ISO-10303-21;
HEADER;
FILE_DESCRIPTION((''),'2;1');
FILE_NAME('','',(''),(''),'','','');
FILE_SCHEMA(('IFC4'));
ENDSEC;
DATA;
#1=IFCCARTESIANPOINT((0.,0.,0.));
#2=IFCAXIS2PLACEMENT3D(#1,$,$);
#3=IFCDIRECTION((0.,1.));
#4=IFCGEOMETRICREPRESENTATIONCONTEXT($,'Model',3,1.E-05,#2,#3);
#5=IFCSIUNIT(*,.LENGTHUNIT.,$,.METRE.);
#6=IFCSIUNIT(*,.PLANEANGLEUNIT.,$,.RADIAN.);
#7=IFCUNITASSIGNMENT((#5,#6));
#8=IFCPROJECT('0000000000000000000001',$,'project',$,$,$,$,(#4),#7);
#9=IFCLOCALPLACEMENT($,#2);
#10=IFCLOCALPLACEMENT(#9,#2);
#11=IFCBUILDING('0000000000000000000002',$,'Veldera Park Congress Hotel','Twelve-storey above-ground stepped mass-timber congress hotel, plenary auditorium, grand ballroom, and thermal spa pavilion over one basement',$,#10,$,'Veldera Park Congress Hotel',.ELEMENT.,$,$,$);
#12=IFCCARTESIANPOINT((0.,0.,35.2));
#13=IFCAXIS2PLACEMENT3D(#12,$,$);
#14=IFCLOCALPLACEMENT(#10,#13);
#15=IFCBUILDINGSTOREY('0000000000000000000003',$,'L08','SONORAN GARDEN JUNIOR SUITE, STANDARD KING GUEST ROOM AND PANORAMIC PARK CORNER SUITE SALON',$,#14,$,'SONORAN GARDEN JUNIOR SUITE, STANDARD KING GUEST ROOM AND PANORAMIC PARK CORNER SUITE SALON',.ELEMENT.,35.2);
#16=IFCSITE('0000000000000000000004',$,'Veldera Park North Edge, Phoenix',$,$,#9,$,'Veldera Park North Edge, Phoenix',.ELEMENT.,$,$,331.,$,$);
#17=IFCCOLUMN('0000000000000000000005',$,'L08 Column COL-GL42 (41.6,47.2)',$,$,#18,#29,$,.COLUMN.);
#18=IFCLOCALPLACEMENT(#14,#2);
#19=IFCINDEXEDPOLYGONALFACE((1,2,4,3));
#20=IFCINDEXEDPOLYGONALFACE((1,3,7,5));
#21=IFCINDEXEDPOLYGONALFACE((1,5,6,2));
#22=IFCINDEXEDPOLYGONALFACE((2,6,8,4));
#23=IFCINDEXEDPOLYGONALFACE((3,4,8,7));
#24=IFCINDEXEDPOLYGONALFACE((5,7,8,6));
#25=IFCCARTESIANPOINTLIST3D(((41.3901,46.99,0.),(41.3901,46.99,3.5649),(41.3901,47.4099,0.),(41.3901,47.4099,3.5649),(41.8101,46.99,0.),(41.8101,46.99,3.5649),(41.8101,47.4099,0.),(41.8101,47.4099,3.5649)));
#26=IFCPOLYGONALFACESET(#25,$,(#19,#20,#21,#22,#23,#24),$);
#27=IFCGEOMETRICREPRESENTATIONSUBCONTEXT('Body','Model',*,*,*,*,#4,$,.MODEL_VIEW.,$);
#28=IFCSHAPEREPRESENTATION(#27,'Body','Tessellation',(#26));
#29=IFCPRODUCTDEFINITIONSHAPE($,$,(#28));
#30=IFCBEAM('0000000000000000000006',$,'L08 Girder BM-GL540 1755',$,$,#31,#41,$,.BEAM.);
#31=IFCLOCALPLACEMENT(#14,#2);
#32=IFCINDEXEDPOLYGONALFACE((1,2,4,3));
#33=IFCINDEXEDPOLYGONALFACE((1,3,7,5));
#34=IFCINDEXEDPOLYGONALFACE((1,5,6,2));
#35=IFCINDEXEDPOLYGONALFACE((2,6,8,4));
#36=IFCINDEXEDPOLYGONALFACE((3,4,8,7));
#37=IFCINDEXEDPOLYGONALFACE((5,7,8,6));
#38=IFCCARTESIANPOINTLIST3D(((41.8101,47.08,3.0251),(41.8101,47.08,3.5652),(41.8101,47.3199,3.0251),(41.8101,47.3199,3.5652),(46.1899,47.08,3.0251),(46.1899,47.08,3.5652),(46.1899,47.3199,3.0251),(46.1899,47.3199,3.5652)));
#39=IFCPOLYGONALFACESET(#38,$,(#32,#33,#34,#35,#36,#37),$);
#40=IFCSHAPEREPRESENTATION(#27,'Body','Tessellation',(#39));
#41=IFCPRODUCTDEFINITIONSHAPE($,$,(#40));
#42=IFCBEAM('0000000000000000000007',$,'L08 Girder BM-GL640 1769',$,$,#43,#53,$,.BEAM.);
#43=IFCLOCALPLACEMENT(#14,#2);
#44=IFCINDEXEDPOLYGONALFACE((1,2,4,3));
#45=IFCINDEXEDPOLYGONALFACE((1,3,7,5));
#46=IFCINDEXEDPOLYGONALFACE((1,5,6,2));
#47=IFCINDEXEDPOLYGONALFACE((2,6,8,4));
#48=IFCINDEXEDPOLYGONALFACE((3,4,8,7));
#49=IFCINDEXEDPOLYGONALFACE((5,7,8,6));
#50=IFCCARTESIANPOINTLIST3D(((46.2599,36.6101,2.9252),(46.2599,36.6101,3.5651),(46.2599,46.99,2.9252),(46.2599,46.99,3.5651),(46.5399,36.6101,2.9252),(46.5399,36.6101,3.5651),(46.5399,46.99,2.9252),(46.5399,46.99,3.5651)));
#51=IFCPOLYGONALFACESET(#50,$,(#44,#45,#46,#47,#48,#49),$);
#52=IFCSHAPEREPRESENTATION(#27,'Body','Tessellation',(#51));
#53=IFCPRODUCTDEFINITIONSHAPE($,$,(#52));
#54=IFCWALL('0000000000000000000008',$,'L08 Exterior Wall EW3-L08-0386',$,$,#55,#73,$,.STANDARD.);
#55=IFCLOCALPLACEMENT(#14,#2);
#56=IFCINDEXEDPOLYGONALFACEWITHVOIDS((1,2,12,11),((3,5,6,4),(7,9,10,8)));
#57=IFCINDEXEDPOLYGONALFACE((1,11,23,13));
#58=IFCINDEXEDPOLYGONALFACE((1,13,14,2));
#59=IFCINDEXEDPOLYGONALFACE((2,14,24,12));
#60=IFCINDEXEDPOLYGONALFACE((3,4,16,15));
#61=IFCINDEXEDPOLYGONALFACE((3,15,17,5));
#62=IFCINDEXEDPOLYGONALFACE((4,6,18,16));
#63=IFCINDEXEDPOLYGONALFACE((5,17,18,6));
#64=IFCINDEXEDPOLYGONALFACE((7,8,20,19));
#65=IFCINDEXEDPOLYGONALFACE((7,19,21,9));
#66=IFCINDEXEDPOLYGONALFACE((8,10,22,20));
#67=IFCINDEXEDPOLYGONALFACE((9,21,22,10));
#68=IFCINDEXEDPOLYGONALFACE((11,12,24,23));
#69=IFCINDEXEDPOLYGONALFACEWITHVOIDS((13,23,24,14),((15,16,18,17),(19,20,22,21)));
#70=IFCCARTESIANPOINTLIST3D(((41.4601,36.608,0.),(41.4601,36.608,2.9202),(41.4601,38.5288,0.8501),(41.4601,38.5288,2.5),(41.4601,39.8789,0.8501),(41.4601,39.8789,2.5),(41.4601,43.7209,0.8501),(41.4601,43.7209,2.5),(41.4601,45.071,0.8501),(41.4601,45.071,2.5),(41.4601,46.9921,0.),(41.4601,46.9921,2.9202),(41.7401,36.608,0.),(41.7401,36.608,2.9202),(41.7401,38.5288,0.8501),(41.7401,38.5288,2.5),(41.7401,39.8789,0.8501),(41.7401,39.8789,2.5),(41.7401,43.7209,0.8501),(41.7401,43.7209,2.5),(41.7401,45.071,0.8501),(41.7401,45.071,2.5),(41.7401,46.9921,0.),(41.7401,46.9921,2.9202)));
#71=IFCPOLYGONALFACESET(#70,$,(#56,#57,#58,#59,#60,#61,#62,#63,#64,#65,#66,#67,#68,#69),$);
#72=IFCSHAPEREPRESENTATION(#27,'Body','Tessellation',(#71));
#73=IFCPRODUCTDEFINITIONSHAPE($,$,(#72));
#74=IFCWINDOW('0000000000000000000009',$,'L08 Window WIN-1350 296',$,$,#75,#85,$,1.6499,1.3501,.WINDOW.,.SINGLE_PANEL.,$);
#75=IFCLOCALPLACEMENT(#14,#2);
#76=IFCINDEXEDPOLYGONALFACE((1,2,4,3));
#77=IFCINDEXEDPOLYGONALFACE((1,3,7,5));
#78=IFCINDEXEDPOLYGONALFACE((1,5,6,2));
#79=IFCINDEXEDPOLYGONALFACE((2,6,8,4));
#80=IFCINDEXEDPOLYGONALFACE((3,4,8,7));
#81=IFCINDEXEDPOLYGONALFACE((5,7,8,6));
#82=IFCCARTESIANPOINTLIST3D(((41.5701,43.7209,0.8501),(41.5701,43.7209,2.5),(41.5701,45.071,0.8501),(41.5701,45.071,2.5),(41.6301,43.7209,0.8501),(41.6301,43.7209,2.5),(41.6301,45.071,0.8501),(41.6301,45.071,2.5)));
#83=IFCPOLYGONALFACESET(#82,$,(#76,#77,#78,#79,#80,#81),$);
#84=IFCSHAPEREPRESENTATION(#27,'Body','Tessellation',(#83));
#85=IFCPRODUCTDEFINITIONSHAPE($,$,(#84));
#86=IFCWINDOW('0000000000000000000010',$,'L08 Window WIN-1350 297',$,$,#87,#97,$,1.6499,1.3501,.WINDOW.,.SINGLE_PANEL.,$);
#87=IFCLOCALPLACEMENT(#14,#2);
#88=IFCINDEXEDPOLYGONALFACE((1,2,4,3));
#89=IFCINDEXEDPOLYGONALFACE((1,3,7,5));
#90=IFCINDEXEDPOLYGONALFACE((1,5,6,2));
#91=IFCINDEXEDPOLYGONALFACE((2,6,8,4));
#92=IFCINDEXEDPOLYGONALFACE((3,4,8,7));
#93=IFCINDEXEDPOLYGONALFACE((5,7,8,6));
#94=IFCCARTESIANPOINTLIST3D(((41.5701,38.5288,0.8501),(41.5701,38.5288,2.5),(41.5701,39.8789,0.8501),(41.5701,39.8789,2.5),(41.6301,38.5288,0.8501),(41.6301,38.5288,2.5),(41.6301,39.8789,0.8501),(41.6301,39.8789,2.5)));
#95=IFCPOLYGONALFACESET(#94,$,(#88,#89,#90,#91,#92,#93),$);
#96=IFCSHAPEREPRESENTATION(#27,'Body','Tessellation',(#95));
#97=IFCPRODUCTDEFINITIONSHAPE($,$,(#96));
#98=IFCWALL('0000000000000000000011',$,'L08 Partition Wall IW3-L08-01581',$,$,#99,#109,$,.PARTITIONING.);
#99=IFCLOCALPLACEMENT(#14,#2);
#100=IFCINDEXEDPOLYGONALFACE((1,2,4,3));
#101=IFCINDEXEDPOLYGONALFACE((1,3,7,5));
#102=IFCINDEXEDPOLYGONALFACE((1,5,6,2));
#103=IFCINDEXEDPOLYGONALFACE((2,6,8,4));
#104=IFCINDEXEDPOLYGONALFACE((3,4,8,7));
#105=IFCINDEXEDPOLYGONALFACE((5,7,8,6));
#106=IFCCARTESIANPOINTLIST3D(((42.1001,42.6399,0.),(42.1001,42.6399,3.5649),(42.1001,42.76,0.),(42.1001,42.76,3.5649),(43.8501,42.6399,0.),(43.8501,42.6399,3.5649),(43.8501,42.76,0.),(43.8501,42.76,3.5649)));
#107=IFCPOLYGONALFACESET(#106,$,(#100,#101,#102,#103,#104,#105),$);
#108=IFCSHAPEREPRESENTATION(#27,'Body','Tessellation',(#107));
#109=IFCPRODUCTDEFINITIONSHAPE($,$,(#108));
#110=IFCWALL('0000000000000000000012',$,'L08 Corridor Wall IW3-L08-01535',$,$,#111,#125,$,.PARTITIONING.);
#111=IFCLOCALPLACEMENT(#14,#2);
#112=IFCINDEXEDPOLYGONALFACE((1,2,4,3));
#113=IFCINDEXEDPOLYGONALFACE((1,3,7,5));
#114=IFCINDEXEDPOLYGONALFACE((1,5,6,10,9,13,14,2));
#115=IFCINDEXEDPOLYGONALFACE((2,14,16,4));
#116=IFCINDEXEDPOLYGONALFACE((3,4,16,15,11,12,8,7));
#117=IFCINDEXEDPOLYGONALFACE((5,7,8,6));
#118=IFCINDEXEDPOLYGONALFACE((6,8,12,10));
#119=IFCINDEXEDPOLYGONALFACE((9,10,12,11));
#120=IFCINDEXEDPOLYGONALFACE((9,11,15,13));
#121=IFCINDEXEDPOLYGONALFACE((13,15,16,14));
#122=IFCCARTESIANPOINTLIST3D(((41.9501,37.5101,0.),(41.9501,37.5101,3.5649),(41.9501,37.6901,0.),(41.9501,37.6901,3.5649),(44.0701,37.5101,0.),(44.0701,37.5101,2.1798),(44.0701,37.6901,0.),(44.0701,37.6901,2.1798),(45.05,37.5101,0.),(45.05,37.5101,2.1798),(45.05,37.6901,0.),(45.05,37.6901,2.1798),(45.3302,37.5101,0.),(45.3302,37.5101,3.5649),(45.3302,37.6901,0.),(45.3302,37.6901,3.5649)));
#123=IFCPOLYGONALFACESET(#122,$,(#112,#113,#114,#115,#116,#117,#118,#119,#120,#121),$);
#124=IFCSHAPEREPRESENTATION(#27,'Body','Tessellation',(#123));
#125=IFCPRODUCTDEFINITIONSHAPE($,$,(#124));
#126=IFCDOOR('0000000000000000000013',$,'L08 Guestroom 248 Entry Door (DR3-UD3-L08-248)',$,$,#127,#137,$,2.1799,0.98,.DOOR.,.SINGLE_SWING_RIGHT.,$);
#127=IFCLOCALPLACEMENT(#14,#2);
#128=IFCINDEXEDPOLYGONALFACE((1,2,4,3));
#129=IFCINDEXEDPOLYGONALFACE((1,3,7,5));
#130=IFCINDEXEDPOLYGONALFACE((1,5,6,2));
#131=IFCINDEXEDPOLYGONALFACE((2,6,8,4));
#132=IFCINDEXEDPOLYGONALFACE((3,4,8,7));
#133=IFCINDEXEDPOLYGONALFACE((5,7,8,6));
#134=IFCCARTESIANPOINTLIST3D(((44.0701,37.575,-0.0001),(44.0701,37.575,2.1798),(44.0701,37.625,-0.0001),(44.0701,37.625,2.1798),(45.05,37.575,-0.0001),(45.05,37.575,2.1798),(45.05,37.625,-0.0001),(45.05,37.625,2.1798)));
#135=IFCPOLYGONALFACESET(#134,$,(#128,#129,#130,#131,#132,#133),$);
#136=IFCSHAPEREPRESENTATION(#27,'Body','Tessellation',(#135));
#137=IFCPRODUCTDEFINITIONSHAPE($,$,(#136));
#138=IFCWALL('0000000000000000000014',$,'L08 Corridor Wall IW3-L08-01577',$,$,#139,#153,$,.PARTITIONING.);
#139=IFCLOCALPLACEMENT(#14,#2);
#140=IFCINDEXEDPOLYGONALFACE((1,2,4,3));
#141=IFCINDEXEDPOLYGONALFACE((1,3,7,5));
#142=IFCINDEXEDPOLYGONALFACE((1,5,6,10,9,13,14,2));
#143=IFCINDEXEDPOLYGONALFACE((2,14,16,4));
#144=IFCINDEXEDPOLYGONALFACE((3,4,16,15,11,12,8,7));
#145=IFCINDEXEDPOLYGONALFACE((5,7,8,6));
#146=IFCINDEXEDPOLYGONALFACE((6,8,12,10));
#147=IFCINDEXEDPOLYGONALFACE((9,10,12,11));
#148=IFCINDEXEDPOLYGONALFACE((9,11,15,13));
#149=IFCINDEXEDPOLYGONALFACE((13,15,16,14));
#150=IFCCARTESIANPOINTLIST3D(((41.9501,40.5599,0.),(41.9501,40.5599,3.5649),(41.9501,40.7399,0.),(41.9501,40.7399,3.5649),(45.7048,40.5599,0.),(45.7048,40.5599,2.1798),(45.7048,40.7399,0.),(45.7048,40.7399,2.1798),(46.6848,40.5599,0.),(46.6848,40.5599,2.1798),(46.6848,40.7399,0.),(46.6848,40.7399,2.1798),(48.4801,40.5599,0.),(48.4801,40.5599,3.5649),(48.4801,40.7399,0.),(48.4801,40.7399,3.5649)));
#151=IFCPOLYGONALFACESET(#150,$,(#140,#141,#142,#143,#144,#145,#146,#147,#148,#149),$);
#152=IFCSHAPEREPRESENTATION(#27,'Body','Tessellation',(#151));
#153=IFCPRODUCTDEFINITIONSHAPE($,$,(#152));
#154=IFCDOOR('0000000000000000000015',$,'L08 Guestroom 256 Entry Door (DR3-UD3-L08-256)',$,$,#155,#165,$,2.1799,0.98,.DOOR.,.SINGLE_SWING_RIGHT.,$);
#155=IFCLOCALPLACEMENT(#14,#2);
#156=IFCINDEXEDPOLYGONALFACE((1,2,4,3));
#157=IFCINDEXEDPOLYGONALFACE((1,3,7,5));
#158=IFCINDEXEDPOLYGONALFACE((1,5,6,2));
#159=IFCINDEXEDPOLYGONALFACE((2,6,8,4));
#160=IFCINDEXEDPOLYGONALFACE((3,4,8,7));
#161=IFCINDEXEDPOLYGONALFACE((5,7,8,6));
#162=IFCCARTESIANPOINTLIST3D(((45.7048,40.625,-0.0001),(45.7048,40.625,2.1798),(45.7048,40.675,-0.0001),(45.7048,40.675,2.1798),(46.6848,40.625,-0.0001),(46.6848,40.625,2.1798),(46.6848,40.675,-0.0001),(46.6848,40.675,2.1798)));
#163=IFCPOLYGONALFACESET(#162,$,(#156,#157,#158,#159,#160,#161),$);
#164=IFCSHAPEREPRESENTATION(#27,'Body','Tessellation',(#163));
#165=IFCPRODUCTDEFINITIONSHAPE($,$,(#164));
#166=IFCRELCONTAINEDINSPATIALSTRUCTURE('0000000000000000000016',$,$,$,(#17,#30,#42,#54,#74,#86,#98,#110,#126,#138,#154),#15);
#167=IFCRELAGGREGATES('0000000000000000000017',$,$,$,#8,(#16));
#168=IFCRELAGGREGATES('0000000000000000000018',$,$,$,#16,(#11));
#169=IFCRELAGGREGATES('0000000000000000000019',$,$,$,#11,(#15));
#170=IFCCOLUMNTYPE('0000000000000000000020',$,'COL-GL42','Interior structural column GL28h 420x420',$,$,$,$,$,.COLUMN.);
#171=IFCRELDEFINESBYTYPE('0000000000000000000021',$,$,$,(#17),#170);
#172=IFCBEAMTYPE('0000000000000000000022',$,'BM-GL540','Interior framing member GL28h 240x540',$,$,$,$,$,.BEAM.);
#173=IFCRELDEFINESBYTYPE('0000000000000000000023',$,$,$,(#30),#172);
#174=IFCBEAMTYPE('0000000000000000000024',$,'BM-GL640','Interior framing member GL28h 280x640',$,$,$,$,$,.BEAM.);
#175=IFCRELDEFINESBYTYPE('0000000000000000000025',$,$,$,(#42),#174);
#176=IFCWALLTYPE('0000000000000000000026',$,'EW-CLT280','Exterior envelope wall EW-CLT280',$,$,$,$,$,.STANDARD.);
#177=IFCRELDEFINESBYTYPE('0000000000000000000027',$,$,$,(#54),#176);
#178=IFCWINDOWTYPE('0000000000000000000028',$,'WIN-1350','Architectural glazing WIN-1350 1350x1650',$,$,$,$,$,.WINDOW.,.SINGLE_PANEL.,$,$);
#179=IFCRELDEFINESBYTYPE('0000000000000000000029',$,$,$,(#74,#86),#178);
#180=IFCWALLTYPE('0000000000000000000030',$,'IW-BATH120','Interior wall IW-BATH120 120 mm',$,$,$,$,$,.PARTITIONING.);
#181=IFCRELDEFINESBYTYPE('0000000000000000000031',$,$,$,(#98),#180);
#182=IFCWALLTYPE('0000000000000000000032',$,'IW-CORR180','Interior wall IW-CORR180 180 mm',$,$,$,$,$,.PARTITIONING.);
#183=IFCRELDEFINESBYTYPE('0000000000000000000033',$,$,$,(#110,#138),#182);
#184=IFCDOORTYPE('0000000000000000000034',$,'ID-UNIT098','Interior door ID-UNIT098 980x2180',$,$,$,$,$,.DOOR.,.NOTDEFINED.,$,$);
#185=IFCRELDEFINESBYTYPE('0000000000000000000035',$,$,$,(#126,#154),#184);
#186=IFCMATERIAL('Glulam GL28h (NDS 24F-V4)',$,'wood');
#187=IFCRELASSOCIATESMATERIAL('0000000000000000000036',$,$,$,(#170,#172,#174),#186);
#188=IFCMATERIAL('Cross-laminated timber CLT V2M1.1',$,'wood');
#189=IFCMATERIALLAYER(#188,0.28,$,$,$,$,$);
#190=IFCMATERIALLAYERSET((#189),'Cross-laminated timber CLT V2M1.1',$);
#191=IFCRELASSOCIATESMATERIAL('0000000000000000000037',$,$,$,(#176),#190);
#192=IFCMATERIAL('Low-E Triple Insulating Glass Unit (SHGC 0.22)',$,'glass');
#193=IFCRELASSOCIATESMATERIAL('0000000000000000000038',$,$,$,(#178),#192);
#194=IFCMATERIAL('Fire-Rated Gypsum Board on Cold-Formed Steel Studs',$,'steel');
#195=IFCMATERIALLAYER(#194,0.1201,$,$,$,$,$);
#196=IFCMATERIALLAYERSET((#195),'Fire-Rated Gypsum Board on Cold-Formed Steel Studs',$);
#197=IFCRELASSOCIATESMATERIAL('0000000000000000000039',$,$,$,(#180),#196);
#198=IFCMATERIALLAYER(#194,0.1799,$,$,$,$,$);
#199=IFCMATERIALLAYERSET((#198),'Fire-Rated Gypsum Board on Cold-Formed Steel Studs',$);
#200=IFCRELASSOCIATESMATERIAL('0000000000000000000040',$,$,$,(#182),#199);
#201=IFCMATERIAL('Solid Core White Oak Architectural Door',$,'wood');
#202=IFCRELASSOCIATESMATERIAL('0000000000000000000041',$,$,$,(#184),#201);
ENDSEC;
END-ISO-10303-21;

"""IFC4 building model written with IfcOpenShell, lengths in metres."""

from ifc_helpers import new_model, si_unit, direction, frame, frame_2d, origin, origin_2d, place, context, subcontext, project, spatial, rectangle, extrude, material, layer, layer_set, material_profile, profile_set, type_object, element, fill, save


model = new_model("IFC4")

# Units and contexts
model_context = context("Model", 3, precision=1e-05, world=origin(), true_north=direction((0.0, 1.0)))
body_context = subcontext(model_context, "Body", "Model", "MODEL_VIEW")
ifc_project = project(units=[si_unit("LENGTHUNIT", "METRE"), si_unit("PLANEANGLEUNIT", "RADIAN")], contexts=[model_context])

# Site, building, storey
site_placement = place(None, origin())
site = spatial("IfcSite", under=ifc_project, at=site_placement, Name="Veldera Park North Edge, Phoenix", LongName="Veldera Park North Edge, Phoenix", CompositionType="ELEMENT", RefElevation=331.0)
building_placement = place(site_placement, origin())
building = spatial("IfcBuilding", under=site, at=building_placement, Name="Veldera Park Congress Hotel", Description="Twelve-storey above-ground stepped mass-timber congress hotel, plenary auditorium, grand ballroom, and thermal spa pavilion over one basement", LongName="Veldera Park Congress Hotel", CompositionType="ELEMENT")
storey_placement = place(building_placement, frame((0.0, 0.0, 35.2)))
storey = spatial("IfcBuildingStorey", under=building, at=storey_placement, Name="L08", Description="SONORAN GARDEN JUNIOR SUITE, STANDARD KING GUEST ROOM AND PANORAMIC PARK CORNER SUITE SALON", LongName="SONORAN GARDEN JUNIOR SUITE, STANDARD KING GUEST ROOM AND PANORAMIC PARK CORNER SUITE SALON", CompositionType="ELEMENT", Elevation=35.2)

# Column
ifc_material_1 = material(Name="Glulam GL28h (NDS 24F-V4)", Category="wood")
ifc_material_profile_1 = material_profile(ifc_material_1, rectangle(XDim=0.4199, YDim=0.4199, at=origin_2d()), Name="GL28h 420x420")
ifc_profile_set_1 = profile_set([ifc_material_profile_1], Name="Glulam GL28h (NDS 24F-V4)")
column_type = type_object("IfcColumnType", Name="COL-GL42", Description="Interior structural column GL28h 420x420", PredefinedType="COLUMN", material=ifc_profile_set_1)
column_placement = place(storey_placement, frame((41.6001, 47.2, 0.0), z_axis=(0.0, 0.0, 1.0), x_axis=(1.0, 0.0, 0.0)))
element("IfcColumn", 1, at=column_placement, inside=storey, type_object=column_type, Name="L08 Column COL-GL42 (41.6,47.2)", PredefinedType="COLUMN", context=body_context, shape_type="SweptSolid", body=[
    extrude(rectangle(XDim=0.4199, YDim=0.4199, at=origin_2d()), origin(), (0.0, 0.0, 1.0), 3.5649),
])

# Beams
ifc_material_profile_2 = material_profile(ifc_material_1, rectangle(XDim=0.24, YDim=0.54, at=origin_2d()), Name="GL28h 240x540")
ifc_profile_set_2 = profile_set([ifc_material_profile_2], Name="Glulam GL28h (NDS 24F-V4)")
beam_type_1 = type_object("IfcBeamType", Name="BM-GL540", Description="Interior framing member GL28h 240x540", PredefinedType="BEAM", material=ifc_profile_set_2)
beam_1_placement = place(storey_placement, frame((41.8101, 47.2, 3.2952), z_axis=(1.0, 0.0, 0.0), x_axis=(0.0, 1.0, 0.0)))
element("IfcBeam", 2, at=beam_1_placement, inside=storey, type_object=beam_type_1, Name="L08 Girder BM-GL540 1755", PredefinedType="BEAM", context=body_context, shape_type="SweptSolid", body=[
    extrude(rectangle(XDim=0.24, YDim=0.54, at=origin_2d()), origin(), (0.0, 0.0, 1.0), 4.3799),
])
ifc_material_profile_3 = material_profile(ifc_material_1, rectangle(XDim=0.28, YDim=0.6399, at=origin_2d()), Name="GL28h 280x640")
ifc_profile_set_3 = profile_set([ifc_material_profile_3], Name="Glulam GL28h (NDS 24F-V4)")
beam_type_2 = type_object("IfcBeamType", Name="BM-GL640", Description="Interior framing member GL28h 280x640", PredefinedType="BEAM", material=ifc_profile_set_3)
beam_2_placement = place(storey_placement, frame((46.3999, 36.6101, 3.2451), z_axis=(0.0, 1.0, 0.0), x_axis=(-1.0, 0.0, 0.0)))
element("IfcBeam", 3, at=beam_2_placement, inside=storey, type_object=beam_type_2, Name="L08 Girder BM-GL640 1769", PredefinedType="BEAM", context=body_context, shape_type="SweptSolid", body=[
    extrude(rectangle(XDim=0.28, YDim=0.6399, at=origin_2d()), origin(), (0.0, 0.0, 1.0), 10.3799),
])

# Wall, openings, windows
ifc_material_2 = material(Name="Cross-laminated timber CLT V2M1.1", Category="wood")
ifc_layer_1 = layer(ifc_material_2, 0.28)
ifc_layer_set_1 = layer_set([ifc_layer_1], Name="Cross-laminated timber CLT V2M1.1")
wall_type_1 = type_object("IfcWallType", Name="EW-CLT280", Description="Exterior envelope wall EW-CLT280", PredefinedType="STANDARD", material=ifc_layer_set_1)
wall_1_placement = place(storey_placement, frame((41.6001, 46.9919, 0.0), z_axis=(0.0, 0.0, 1.0), x_axis=(0.0, -1.0, 0.0)))
wall_1 = element("IfcWall", 4, at=wall_1_placement, inside=storey, type_object=wall_type_1, Name="L08 Exterior Wall EW3-L08-0386", PredefinedType="STANDARD", context=body_context, shape_type="SweptSolid", body=[
    extrude(rectangle(XDim=10.384, YDim=0.28, at=frame_2d((5.1919, 0.0))), origin(), (0.0, 0.0, 1.0), 2.9202),
])
opening_1_placement = place(wall_1_placement, frame((1.9209, 0.0, 0.8501)))
opening_1 = element("IfcOpeningElement", 5, at=opening_1_placement, cuts=wall_1, PredefinedType="OPENING", context=body_context, shape_type="SweptSolid", body=[
    extrude(rectangle(XDim=1.3501, YDim=1.6499, at=frame_2d((0.675, 0.825))), frame((0.0, 0.1521, 0.0), z_axis=(0.0, -1.0, 0.0), x_axis=(1.0, 0.0, 0.0)), (0.0, 0.0, 1.0), 0.304),
])
opening_2_placement = place(wall_1_placement, frame((7.113, 0.0, 0.8501)))
opening_2 = element("IfcOpeningElement", 6, at=opening_2_placement, cuts=wall_1, PredefinedType="OPENING", context=body_context, shape_type="SweptSolid", body=[
    extrude(rectangle(XDim=1.3501, YDim=1.6499, at=frame_2d((0.675, 0.825))), frame((0.0, 0.1521, 0.0), z_axis=(0.0, -1.0, 0.0), x_axis=(1.0, 0.0, 0.0)), (0.0, 0.0, 1.0), 0.304),
])
ifc_material_3 = material(Name="Low-E Triple Insulating Glass Unit (SHGC 0.22)", Category="glass")
window_type = type_object("IfcWindowType", Name="WIN-1350", Description="Architectural glazing WIN-1350 1350x1650", PartitioningType="SINGLE_PANEL", PredefinedType="WINDOW", material=ifc_material_3)
window_1_placement = place(opening_1_placement, origin())
window_1 = element("IfcWindow", 7, at=window_1_placement, inside=storey, type_object=window_type, Name="L08 Window WIN-1350 296", OverallHeight=1.6499, OverallWidth=1.3501, PartitioningType="SINGLE_PANEL", PredefinedType="WINDOW", context=body_context, shape_type="SweptSolid", body=[
    extrude(rectangle(XDim=1.3501, YDim=1.6499, at=frame_2d((0.675, 0.825))), frame((0.0, 0.03, 0.0), z_axis=(0.0, -1.0, 0.0), x_axis=(1.0, 0.0, 0.0)), (0.0, 0.0, 1.0), 0.0601),
])
fill(opening_1, window_1)
window_2_placement = place(opening_2_placement, origin())
window_2 = element("IfcWindow", 8, at=window_2_placement, inside=storey, type_object=window_type, Name="L08 Window WIN-1350 297", OverallHeight=1.6499, OverallWidth=1.3501, PartitioningType="SINGLE_PANEL", PredefinedType="WINDOW", context=body_context, shape_type="SweptSolid", body=[
    extrude(rectangle(XDim=1.3501, YDim=1.6499, at=frame_2d((0.675, 0.825))), frame((0.0, 0.03, 0.0), z_axis=(0.0, -1.0, 0.0), x_axis=(1.0, 0.0, 0.0)), (0.0, 0.0, 1.0), 0.0601),
])
fill(opening_2, window_2)

# Shared definitions
ifc_material_4 = material(Name="Fire-Rated Gypsum Board on Cold-Formed Steel Studs", Category="steel")
ifc_layer_2 = layer(ifc_material_4, 0.1201)
ifc_layer_set_2 = layer_set([ifc_layer_2], Name="Fire-Rated Gypsum Board on Cold-Formed Steel Studs")
wall_type_2 = type_object("IfcWallType", Name="IW-BATH120", Description="Interior wall IW-BATH120 120 mm", PredefinedType="PARTITIONING", material=ifc_layer_set_2)
ifc_material_5 = material(Name="Solid Core White Oak Architectural Door", Category="wood")

# Wall
wall_2_placement = place(storey_placement, frame((42.1001, 42.7, 0.0), z_axis=(0.0, 0.0, 1.0), x_axis=(1.0, 0.0, 0.0)))
element("IfcWall", 9, at=wall_2_placement, inside=storey, type_object=wall_type_2, Name="L08 Partition Wall IW3-L08-01581", PredefinedType="PARTITIONING", context=body_context, shape_type="SweptSolid", body=[
    extrude(rectangle(XDim=1.75, YDim=0.1201, at=frame_2d((0.875, 0.0))), origin(), (0.0, 0.0, 1.0), 3.5649),
])

# Walls, openings, doors
ifc_layer_3 = layer(ifc_material_4, 0.1799)
ifc_layer_set_3 = layer_set([ifc_layer_3], Name="Fire-Rated Gypsum Board on Cold-Formed Steel Studs")
wall_type_3 = type_object("IfcWallType", Name="IW-CORR180", Description="Interior wall IW-CORR180 180 mm", PredefinedType="PARTITIONING", material=ifc_layer_set_3)
wall_3_placement = place(storey_placement, frame((45.3301, 37.6001, 0.0), z_axis=(0.0, 0.0, 1.0), x_axis=(-1.0, 0.0, 0.0)))
wall_3 = element("IfcWall", 10, at=wall_3_placement, inside=storey, type_object=wall_type_3, Name="L08 Corridor Wall IW3-L08-01535", PredefinedType="PARTITIONING", context=body_context, shape_type="SweptSolid", body=[
    extrude(rectangle(XDim=3.3801, YDim=0.1799, at=frame_2d((1.6899, 0.0))), origin(), (0.0, 0.0, 1.0), 3.5649),
])
opening_3_placement = place(wall_3_placement, frame((0.28, 0.0, 0.0)))
opening_3 = element("IfcOpeningElement", 11, at=opening_3_placement, cuts=wall_3, PredefinedType="OPENING", context=body_context, shape_type="SweptSolid", body=[
    extrude(rectangle(XDim=0.98, YDim=2.1799, at=frame_2d((0.49, 1.0898))), frame((0.0, 0.1021, 0.0), z_axis=(0.0, -1.0, 0.0), x_axis=(1.0, 0.0, 0.0)), (0.0, 0.0, 1.0), 0.2039),
])
door_type_1 = type_object("IfcDoorType", Name="ID-UNIT098", Description="Interior door ID-UNIT098 980x2180", OperationType="NOTDEFINED", PredefinedType="DOOR", material=ifc_material_5)
door_1_placement = place(opening_3_placement, frame((0.98, 0.0, 0.0), z_axis=(0.0, 0.0, 1.0), x_axis=(-1.0, 0.0, 0.0)))
door_1 = element("IfcDoor", 12, at=door_1_placement, inside=storey, type_object=door_type_1, Name="L08 Guestroom 248 Entry Door (DR3-UD3-L08-248)", OperationType="SINGLE_SWING_RIGHT", OverallHeight=2.1799, OverallWidth=0.98, PredefinedType="DOOR", context=body_context, shape_type="SweptSolid", body=[
    extrude(rectangle(XDim=0.98, YDim=2.1799, at=frame_2d((0.49, 1.0898))), frame((0.0, 0.0249, 0.0), z_axis=(0.0, -1.0, 0.0), x_axis=(1.0, 0.0, 0.0)), (0.0, 0.0, 1.0), 0.05),
])
fill(opening_3, door_1)
wall_4_placement = place(storey_placement, frame((41.95, 40.6499, 0.0), z_axis=(0.0, 0.0, 1.0), x_axis=(1.0, 0.0, 0.0)))
wall_4 = element("IfcWall", 13, at=wall_4_placement, inside=storey, type_object=wall_type_3, Name="L08 Corridor Wall IW3-L08-01577", PredefinedType="PARTITIONING", context=body_context, shape_type="SweptSolid", body=[
    extrude(rectangle(XDim=6.53, YDim=0.1799, at=frame_2d((3.2651, 0.0))), origin(), (0.0, 0.0, 1.0), 3.5649),
])
opening_4_placement = place(wall_4_placement, frame((3.7549, 0.0, 0.0)))
opening_4 = element("IfcOpeningElement", 14, at=opening_4_placement, cuts=wall_4, PredefinedType="OPENING", context=body_context, shape_type="SweptSolid", body=[
    extrude(rectangle(XDim=0.98, YDim=2.1799, at=frame_2d((0.49, 1.0898))), frame((0.0, 0.1021, 0.0), z_axis=(0.0, -1.0, 0.0), x_axis=(1.0, 0.0, 0.0)), (0.0, 0.0, 1.0), 0.2039),
])
door_2_placement = place(opening_4_placement, frame((0.98, 0.0, 0.0), z_axis=(0.0, 0.0, 1.0), x_axis=(-1.0, 0.0, 0.0)))
door_2 = element("IfcDoor", 15, at=door_2_placement, inside=storey, type_object=door_type_1, Name="L08 Guestroom 256 Entry Door (DR3-UD3-L08-256)", OperationType="SINGLE_SWING_RIGHT", OverallHeight=2.1799, OverallWidth=0.98, PredefinedType="DOOR", context=body_context, shape_type="SweptSolid", body=[
    extrude(rectangle(XDim=0.98, YDim=2.1799, at=frame_2d((0.49, 1.0898))), frame((0.0, 0.0249, 0.0), z_axis=(0.0, -1.0, 0.0), x_axis=(1.0, 0.0, 0.0)), (0.0, 0.0, 1.0), 0.05),
])
fill(opening_4, door_2)

save(model, "model.ifc")
